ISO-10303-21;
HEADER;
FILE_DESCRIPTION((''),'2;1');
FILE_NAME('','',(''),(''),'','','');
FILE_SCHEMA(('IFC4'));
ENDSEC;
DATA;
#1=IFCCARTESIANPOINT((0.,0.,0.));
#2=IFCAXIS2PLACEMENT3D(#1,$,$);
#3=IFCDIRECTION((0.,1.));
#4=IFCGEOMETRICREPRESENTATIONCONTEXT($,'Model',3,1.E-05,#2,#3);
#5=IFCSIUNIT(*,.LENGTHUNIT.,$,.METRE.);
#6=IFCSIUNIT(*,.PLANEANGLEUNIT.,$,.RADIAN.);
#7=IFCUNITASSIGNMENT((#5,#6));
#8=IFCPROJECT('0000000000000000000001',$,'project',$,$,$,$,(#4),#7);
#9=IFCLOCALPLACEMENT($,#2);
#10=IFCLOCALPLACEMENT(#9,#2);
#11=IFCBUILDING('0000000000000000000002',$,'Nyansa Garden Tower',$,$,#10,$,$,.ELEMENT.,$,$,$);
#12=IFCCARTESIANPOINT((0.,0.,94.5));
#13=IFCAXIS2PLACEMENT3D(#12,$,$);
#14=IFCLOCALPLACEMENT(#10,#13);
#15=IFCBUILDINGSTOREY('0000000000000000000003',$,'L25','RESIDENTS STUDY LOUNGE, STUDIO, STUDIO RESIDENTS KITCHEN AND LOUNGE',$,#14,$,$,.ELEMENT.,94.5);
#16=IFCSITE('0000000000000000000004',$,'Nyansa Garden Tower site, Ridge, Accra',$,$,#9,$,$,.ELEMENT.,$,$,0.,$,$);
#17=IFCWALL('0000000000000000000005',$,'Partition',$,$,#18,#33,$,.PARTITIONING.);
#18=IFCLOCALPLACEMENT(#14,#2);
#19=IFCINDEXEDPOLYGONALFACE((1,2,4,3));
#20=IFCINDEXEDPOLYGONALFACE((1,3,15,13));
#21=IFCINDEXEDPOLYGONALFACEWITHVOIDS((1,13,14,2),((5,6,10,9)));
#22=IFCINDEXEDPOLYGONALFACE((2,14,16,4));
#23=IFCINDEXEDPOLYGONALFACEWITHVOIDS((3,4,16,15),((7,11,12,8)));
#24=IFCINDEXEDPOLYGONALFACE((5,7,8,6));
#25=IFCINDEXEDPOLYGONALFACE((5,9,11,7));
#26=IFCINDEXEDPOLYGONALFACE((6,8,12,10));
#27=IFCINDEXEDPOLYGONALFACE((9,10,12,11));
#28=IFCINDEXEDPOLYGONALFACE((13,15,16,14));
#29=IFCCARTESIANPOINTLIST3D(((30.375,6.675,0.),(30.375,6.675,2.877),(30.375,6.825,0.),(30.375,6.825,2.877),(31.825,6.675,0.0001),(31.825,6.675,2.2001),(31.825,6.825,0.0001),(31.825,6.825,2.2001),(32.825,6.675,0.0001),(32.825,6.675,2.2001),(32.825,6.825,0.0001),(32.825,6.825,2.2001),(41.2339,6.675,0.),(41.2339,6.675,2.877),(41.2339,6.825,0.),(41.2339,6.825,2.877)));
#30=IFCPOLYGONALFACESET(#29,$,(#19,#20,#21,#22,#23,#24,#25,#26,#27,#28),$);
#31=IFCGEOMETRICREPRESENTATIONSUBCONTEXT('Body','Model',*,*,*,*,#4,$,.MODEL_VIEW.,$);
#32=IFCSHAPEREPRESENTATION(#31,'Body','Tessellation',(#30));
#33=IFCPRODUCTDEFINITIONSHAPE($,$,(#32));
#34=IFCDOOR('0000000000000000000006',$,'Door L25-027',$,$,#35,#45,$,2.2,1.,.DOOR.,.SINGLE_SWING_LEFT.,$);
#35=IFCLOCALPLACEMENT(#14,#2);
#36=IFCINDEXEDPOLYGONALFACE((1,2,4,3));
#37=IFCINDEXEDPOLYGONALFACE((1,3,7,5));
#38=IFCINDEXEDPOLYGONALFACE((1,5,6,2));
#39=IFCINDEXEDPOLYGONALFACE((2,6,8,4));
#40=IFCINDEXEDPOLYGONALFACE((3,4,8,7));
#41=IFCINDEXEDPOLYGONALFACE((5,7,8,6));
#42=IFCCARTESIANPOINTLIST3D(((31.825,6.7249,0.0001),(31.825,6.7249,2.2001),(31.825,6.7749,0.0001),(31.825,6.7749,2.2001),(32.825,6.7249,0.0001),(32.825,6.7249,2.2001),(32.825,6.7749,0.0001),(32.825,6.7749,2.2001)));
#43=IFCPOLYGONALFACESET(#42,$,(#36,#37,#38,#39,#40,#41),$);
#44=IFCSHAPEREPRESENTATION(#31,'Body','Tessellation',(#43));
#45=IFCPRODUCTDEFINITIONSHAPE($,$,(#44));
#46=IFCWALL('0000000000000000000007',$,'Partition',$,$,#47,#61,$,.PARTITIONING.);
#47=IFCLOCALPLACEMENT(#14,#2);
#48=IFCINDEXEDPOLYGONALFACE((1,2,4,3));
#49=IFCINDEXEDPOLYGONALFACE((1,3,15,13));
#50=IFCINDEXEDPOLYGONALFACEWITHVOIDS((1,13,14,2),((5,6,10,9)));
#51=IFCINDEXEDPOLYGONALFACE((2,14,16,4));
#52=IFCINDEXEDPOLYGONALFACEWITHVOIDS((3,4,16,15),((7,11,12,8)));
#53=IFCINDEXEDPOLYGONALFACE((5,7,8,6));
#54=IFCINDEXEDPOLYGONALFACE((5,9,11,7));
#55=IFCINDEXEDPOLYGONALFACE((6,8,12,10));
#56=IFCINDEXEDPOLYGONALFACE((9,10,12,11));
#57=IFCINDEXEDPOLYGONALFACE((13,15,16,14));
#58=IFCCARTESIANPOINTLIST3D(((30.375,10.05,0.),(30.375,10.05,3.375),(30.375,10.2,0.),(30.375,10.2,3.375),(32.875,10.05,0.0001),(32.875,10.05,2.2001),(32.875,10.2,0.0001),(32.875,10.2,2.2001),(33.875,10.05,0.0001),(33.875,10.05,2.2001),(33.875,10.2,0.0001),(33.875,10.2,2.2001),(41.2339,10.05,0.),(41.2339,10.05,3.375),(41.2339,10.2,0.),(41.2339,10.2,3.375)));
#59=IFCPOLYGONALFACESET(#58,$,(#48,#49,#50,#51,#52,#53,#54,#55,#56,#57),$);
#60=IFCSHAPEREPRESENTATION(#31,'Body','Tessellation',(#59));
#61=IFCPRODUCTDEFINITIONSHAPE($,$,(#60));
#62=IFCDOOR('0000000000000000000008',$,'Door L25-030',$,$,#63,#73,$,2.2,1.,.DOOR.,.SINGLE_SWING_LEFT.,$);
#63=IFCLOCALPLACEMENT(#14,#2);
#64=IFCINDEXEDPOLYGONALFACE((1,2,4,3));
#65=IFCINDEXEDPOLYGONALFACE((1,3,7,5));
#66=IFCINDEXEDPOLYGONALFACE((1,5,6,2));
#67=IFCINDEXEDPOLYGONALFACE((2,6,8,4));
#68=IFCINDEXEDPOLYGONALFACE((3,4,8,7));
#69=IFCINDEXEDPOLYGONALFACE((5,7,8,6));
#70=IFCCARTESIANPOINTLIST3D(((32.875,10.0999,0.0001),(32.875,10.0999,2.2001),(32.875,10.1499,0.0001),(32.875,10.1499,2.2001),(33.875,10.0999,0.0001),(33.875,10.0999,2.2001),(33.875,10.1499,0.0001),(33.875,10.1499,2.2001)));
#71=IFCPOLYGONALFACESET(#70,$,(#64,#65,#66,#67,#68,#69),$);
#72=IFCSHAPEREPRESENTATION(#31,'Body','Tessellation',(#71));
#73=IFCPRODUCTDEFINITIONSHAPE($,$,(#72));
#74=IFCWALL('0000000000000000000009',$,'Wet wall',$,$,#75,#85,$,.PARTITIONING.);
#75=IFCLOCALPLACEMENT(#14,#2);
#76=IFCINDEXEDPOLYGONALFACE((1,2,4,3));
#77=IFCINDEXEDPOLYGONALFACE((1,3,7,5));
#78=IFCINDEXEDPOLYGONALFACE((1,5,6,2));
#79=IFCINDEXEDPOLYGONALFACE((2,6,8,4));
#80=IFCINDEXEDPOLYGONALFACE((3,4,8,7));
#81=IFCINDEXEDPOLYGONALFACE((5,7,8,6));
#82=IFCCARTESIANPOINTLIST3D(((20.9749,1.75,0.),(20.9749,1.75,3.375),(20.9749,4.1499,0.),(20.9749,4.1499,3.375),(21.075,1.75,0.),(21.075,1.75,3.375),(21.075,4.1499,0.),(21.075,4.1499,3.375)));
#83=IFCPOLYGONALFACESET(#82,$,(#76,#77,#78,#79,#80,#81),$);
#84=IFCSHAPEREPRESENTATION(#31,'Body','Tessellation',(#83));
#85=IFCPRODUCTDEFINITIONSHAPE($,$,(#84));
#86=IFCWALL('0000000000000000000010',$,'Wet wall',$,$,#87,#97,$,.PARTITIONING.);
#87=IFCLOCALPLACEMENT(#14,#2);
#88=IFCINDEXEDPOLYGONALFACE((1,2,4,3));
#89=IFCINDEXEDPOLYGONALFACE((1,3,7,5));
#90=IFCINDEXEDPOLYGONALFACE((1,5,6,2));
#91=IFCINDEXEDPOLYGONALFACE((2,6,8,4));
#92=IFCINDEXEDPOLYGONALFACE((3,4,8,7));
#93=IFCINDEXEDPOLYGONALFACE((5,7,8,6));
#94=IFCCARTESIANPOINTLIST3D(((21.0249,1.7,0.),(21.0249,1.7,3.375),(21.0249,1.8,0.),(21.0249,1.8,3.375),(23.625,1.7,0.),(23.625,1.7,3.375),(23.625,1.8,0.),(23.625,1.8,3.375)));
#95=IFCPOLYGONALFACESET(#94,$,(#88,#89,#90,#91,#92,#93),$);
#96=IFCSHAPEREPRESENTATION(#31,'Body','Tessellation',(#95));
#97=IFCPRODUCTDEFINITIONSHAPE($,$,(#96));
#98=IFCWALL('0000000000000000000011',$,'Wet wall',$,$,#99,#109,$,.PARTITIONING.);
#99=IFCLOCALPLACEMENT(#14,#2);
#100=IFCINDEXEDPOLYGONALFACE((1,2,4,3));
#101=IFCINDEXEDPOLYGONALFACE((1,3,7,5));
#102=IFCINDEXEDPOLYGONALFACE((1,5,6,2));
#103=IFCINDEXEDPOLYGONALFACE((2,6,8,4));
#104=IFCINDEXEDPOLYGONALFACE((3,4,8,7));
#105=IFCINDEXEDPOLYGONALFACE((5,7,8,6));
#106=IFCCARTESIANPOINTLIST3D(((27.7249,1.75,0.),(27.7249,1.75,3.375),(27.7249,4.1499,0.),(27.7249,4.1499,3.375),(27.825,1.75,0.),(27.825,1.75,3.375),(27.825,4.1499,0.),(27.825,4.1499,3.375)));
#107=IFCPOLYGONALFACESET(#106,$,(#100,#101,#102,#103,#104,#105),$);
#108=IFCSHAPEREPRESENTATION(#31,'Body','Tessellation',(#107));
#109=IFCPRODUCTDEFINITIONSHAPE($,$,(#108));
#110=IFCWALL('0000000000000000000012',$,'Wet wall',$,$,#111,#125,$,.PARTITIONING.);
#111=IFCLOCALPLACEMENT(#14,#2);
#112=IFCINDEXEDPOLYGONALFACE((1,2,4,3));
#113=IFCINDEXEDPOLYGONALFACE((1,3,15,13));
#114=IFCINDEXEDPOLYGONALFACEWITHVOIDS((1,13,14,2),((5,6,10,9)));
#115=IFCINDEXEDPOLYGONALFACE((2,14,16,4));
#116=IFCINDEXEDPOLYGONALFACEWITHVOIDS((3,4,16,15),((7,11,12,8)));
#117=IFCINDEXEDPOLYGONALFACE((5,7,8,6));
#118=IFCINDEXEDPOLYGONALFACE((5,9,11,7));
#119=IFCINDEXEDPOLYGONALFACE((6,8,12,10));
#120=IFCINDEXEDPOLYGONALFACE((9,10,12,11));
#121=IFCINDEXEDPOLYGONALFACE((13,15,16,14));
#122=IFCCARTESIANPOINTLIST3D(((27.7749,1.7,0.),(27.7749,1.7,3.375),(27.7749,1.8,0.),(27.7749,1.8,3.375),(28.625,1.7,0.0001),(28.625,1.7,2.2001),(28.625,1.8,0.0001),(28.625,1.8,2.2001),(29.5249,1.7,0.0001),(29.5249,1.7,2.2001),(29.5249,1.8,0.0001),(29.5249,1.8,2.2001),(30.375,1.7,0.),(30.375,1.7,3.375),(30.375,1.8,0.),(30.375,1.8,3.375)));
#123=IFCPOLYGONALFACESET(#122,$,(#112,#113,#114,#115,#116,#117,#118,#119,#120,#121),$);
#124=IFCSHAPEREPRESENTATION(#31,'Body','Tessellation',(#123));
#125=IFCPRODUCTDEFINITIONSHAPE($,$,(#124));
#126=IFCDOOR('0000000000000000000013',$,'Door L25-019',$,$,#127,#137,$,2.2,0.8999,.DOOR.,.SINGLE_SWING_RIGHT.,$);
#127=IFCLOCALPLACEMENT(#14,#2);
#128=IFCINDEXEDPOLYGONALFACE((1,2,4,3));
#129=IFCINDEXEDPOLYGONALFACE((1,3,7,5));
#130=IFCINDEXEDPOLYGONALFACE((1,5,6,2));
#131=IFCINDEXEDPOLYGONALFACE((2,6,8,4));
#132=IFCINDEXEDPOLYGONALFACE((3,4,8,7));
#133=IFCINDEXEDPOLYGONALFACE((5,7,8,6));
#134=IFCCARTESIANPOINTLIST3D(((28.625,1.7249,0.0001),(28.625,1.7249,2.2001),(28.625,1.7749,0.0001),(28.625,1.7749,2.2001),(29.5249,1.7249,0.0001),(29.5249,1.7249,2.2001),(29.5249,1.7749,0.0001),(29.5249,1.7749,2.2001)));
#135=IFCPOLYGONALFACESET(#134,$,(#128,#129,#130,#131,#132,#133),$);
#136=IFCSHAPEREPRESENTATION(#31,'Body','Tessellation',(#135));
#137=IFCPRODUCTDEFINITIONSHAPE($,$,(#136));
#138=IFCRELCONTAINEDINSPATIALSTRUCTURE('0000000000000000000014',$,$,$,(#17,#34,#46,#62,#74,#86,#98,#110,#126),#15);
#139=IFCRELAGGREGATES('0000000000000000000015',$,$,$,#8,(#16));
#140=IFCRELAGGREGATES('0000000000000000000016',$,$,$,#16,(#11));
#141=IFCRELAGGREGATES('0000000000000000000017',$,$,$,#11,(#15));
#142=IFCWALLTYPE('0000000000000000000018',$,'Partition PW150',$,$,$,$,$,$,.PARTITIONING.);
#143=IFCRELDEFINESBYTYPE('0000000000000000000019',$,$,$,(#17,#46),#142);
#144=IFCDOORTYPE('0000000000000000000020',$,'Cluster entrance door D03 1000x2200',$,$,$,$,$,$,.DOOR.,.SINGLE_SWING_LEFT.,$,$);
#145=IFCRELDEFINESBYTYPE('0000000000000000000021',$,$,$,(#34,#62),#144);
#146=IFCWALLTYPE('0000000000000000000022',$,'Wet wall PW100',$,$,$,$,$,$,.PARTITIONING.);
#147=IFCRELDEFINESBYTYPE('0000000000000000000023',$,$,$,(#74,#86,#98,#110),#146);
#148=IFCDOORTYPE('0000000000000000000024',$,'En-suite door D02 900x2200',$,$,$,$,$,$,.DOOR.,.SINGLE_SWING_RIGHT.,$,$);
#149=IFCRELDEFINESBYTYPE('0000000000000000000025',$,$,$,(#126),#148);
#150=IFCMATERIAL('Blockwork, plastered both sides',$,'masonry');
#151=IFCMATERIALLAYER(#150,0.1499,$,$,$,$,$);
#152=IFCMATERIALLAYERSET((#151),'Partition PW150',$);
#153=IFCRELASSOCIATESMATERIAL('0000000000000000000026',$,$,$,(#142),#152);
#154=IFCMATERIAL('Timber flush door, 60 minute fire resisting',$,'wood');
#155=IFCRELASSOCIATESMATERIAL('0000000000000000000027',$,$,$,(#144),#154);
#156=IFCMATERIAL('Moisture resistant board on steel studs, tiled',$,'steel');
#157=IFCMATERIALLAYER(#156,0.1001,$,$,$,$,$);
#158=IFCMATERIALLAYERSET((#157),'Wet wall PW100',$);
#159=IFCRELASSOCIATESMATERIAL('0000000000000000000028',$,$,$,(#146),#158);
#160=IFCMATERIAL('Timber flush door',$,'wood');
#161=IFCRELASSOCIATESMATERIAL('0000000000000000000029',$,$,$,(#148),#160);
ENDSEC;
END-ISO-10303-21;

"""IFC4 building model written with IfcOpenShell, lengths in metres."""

from ifc_helpers import new_model, si_unit, direction, frame, frame_2d, origin, place, context, subcontext, project, spatial, rectangle, extrude, material, layer, layer_set, type_object, element, fill, save


model = new_model("IFC4")

# Units and contexts
model_context = context("Model", 3, precision=1e-05, world=origin(), true_north=direction((0.0, 1.0)))
body_context = subcontext(model_context, "Body", "Model", "MODEL_VIEW")
ifc_project = project(units=[si_unit("LENGTHUNIT", "METRE"), si_unit("PLANEANGLEUNIT", "RADIAN")], contexts=[model_context])

# Site, building, storey
site_placement = place(None, origin())
site = spatial("IfcSite", under=ifc_project, at=site_placement, Name="Nyansa Garden Tower site, Ridge, Accra", CompositionType="ELEMENT", RefElevation=0.0)
building_placement = place(site_placement, origin())
building = spatial("IfcBuilding", under=site, at=building_placement, Name="Nyansa Garden Tower", CompositionType="ELEMENT")
storey_placement = place(building_placement, frame((0.0, 0.0, 94.5)))
storey = spatial("IfcBuildingStorey", under=building, at=storey_placement, Name="L25", Description="RESIDENTS STUDY LOUNGE, STUDIO, STUDIO RESIDENTS KITCHEN AND LOUNGE", CompositionType="ELEMENT", Elevation=94.5)

# Shared definitions
ifc_material_1 = material(Name="Blockwork, plastered both sides", Category="masonry")
ifc_layer_1 = layer(ifc_material_1, 0.1499)
ifc_layer_set_1 = layer_set([ifc_layer_1], Name="Partition PW150")
wall_type_1 = type_object("IfcWallType", Name="Partition PW150", PredefinedType="PARTITIONING", material=ifc_layer_set_1)

# Walls, openings, doors
wall_1_placement = place(storey_placement, frame((30.375, 6.75, 0.0), z_axis=(0.0, 0.0, 1.0), x_axis=(1.0, 0.0, 0.0)))
wall_1 = element("IfcWall", 1, at=wall_1_placement, inside=storey, type_object=wall_type_1, Name="Partition", PredefinedType="PARTITIONING", context=body_context, shape_type="SweptSolid", body=[
    extrude(rectangle(XDim=10.8589, YDim=0.1499, at=frame_2d((5.4294, 0.0))), origin(), (0.0, 0.0, 1.0), 2.877),
])
opening_1_placement = place(wall_1_placement, frame((1.45, 0.0, 0.0)))
opening_1 = element("IfcOpeningElement", 2, at=opening_1_placement, cuts=wall_1, PredefinedType="OPENING", context=body_context, shape_type="SweptSolid", body=[
    extrude(rectangle(XDim=1.0, YDim=2.2, at=frame_2d((0.5, 1.1001))), frame((0.0, 0.085, 0.0), z_axis=(0.0, -1.0, 0.0), x_axis=(1.0, 0.0, 0.0)), (0.0, 0.0, 1.0), 0.1699),
])
ifc_material_2 = material(Name="Timber flush door, 60 minute fire resisting", Category="wood")
door_type_1 = type_object("IfcDoorType", Name="Cluster entrance door D03 1000x2200", OperationType="SINGLE_SWING_LEFT", PredefinedType="DOOR", material=ifc_material_2)
door_1_placement = place(opening_1_placement, origin())
door_1 = element("IfcDoor", 3, at=door_1_placement, inside=storey, type_object=door_type_1, Name="Door L25-027", OperationType="SINGLE_SWING_LEFT", OverallHeight=2.2, OverallWidth=1.0, PredefinedType="DOOR", context=body_context, shape_type="SweptSolid", body=[
    extrude(rectangle(XDim=1.0, YDim=2.2, at=frame_2d((0.5, 1.1001))), frame((0.0, 0.0249, 0.0), z_axis=(0.0, -1.0, 0.0), x_axis=(1.0, 0.0, 0.0)), (0.0, 0.0, 1.0), 0.05),
])
fill(opening_1, door_1)
wall_2_placement = place(storey_placement, frame((30.375, 10.125, 0.0), z_axis=(0.0, 0.0, 1.0), x_axis=(1.0, 0.0, 0.0)))
wall_2 = element("IfcWall", 4, at=wall_2_placement, inside=storey, type_object=wall_type_1, Name="Partition", PredefinedType="PARTITIONING", context=body_context, shape_type="SweptSolid", body=[
    extrude(rectangle(XDim=10.8589, YDim=0.1499, at=frame_2d((5.4294, 0.0))), origin(), (0.0, 0.0, 1.0), 3.375),
])
opening_2_placement = place(wall_2_placement, frame((2.5, 0.0, 0.0)))
opening_2 = element("IfcOpeningElement", 5, at=opening_2_placement, cuts=wall_2, PredefinedType="OPENING", context=body_context, shape_type="SweptSolid", body=[
    extrude(rectangle(XDim=1.0, YDim=2.2, at=frame_2d((0.5, 1.1001))), frame((0.0, 0.085, 0.0), z_axis=(0.0, -1.0, 0.0), x_axis=(1.0, 0.0, 0.0)), (0.0, 0.0, 1.0), 0.1699),
])
door_2_placement = place(opening_2_placement, origin())
door_2 = element("IfcDoor", 6, at=door_2_placement, inside=storey, type_object=door_type_1, Name="Door L25-030", OperationType="SINGLE_SWING_LEFT", OverallHeight=2.2, OverallWidth=1.0, PredefinedType="DOOR", context=body_context, shape_type="SweptSolid", body=[
    extrude(rectangle(XDim=1.0, YDim=2.2, at=frame_2d((0.5, 1.1001))), frame((0.0, 0.0249, 0.0), z_axis=(0.0, -1.0, 0.0), x_axis=(1.0, 0.0, 0.0)), (0.0, 0.0, 1.0), 0.05),
])
fill(opening_2, door_2)

# Walls
ifc_material_3 = material(Name="Moisture resistant board on steel studs, tiled", Category="steel")
ifc_layer_2 = layer(ifc_material_3, 0.1001)
ifc_layer_set_2 = layer_set([ifc_layer_2], Name="Wet wall PW100")
wall_type_2 = type_object("IfcWallType", Name="Wet wall PW100", PredefinedType="PARTITIONING", material=ifc_layer_set_2)
wall_3_placement = place(storey_placement, frame((21.0249, 1.75, 0.0), z_axis=(0.0, 0.0, 1.0), x_axis=(0.0, 1.0, 0.0)))
element("IfcWall", 7, at=wall_3_placement, inside=storey, type_object=wall_type_2, Name="Wet wall", PredefinedType="PARTITIONING", context=body_context, shape_type="SweptSolid", body=[
    extrude(rectangle(XDim=2.3999, YDim=0.1001, at=frame_2d((1.2, 0.0))), origin(), (0.0, 0.0, 1.0), 3.375),
])
wall_4_placement = place(storey_placement, frame((21.0249, 1.75, 0.0), z_axis=(0.0, 0.0, 1.0), x_axis=(1.0, 0.0, 0.0)))
element("IfcWall", 8, at=wall_4_placement, inside=storey, type_object=wall_type_2, Name="Wet wall", PredefinedType="PARTITIONING", context=body_context, shape_type="SweptSolid", body=[
    extrude(rectangle(XDim=2.6001, YDim=0.1001, at=frame_2d((1.3, 0.0))), origin(), (0.0, 0.0, 1.0), 3.375),
])
wall_5_placement = place(storey_placement, frame((27.7749, 1.75, 0.0), z_axis=(0.0, 0.0, 1.0), x_axis=(0.0, 1.0, 0.0)))
element("IfcWall", 9, at=wall_5_placement, inside=storey, type_object=wall_type_2, Name="Wet wall", PredefinedType="PARTITIONING", context=body_context, shape_type="SweptSolid", body=[
    extrude(rectangle(XDim=2.3999, YDim=0.1001, at=frame_2d((1.2, 0.0))), origin(), (0.0, 0.0, 1.0), 3.375),
])

# Wall, opening, door
wall_6_placement = place(storey_placement, frame((27.7749, 1.75, 0.0), z_axis=(0.0, 0.0, 1.0), x_axis=(1.0, 0.0, 0.0)))
wall_6 = element("IfcWall", 10, at=wall_6_placement, inside=storey, type_object=wall_type_2, Name="Wet wall", PredefinedType="PARTITIONING", context=body_context, shape_type="SweptSolid", body=[
    extrude(rectangle(XDim=2.6001, YDim=0.1001, at=frame_2d((1.3, 0.0))), origin(), (0.0, 0.0, 1.0), 3.375),
])
opening_3_placement = place(wall_6_placement, frame((0.8501, 0.0, 0.0)))
opening_3 = element("IfcOpeningElement", 11, at=opening_3_placement, cuts=wall_6, PredefinedType="OPENING", context=body_context, shape_type="SweptSolid", body=[
    extrude(rectangle(XDim=0.8999, YDim=2.2, at=frame_2d((0.45, 1.1001))), frame((0.0, 0.0601, 0.0), z_axis=(0.0, -1.0, 0.0), x_axis=(1.0, 0.0, 0.0)), (0.0, 0.0, 1.0), 0.1201),
])
ifc_material_4 = material(Name="Timber flush door", Category="wood")
door_type_2 = type_object("IfcDoorType", Name="En-suite door D02 900x2200", OperationType="SINGLE_SWING_RIGHT", PredefinedType="DOOR", material=ifc_material_4)
door_3_placement = place(opening_3_placement, origin())
door_3 = element("IfcDoor", 12, at=door_3_placement, inside=storey, type_object=door_type_2, Name="Door L25-019", OperationType="SINGLE_SWING_RIGHT", OverallHeight=2.2, OverallWidth=0.8999, PredefinedType="DOOR", context=body_context, shape_type="SweptSolid", body=[
    extrude(rectangle(XDim=0.8999, YDim=2.2, at=frame_2d((0.45, 1.1001))), frame((0.0, 0.0249, 0.0), z_axis=(0.0, -1.0, 0.0), x_axis=(1.0, 0.0, 0.0)), (0.0, 0.0, 1.0), 0.05),
])
fill(opening_3, door_3)

save(model, "model.ifc")
